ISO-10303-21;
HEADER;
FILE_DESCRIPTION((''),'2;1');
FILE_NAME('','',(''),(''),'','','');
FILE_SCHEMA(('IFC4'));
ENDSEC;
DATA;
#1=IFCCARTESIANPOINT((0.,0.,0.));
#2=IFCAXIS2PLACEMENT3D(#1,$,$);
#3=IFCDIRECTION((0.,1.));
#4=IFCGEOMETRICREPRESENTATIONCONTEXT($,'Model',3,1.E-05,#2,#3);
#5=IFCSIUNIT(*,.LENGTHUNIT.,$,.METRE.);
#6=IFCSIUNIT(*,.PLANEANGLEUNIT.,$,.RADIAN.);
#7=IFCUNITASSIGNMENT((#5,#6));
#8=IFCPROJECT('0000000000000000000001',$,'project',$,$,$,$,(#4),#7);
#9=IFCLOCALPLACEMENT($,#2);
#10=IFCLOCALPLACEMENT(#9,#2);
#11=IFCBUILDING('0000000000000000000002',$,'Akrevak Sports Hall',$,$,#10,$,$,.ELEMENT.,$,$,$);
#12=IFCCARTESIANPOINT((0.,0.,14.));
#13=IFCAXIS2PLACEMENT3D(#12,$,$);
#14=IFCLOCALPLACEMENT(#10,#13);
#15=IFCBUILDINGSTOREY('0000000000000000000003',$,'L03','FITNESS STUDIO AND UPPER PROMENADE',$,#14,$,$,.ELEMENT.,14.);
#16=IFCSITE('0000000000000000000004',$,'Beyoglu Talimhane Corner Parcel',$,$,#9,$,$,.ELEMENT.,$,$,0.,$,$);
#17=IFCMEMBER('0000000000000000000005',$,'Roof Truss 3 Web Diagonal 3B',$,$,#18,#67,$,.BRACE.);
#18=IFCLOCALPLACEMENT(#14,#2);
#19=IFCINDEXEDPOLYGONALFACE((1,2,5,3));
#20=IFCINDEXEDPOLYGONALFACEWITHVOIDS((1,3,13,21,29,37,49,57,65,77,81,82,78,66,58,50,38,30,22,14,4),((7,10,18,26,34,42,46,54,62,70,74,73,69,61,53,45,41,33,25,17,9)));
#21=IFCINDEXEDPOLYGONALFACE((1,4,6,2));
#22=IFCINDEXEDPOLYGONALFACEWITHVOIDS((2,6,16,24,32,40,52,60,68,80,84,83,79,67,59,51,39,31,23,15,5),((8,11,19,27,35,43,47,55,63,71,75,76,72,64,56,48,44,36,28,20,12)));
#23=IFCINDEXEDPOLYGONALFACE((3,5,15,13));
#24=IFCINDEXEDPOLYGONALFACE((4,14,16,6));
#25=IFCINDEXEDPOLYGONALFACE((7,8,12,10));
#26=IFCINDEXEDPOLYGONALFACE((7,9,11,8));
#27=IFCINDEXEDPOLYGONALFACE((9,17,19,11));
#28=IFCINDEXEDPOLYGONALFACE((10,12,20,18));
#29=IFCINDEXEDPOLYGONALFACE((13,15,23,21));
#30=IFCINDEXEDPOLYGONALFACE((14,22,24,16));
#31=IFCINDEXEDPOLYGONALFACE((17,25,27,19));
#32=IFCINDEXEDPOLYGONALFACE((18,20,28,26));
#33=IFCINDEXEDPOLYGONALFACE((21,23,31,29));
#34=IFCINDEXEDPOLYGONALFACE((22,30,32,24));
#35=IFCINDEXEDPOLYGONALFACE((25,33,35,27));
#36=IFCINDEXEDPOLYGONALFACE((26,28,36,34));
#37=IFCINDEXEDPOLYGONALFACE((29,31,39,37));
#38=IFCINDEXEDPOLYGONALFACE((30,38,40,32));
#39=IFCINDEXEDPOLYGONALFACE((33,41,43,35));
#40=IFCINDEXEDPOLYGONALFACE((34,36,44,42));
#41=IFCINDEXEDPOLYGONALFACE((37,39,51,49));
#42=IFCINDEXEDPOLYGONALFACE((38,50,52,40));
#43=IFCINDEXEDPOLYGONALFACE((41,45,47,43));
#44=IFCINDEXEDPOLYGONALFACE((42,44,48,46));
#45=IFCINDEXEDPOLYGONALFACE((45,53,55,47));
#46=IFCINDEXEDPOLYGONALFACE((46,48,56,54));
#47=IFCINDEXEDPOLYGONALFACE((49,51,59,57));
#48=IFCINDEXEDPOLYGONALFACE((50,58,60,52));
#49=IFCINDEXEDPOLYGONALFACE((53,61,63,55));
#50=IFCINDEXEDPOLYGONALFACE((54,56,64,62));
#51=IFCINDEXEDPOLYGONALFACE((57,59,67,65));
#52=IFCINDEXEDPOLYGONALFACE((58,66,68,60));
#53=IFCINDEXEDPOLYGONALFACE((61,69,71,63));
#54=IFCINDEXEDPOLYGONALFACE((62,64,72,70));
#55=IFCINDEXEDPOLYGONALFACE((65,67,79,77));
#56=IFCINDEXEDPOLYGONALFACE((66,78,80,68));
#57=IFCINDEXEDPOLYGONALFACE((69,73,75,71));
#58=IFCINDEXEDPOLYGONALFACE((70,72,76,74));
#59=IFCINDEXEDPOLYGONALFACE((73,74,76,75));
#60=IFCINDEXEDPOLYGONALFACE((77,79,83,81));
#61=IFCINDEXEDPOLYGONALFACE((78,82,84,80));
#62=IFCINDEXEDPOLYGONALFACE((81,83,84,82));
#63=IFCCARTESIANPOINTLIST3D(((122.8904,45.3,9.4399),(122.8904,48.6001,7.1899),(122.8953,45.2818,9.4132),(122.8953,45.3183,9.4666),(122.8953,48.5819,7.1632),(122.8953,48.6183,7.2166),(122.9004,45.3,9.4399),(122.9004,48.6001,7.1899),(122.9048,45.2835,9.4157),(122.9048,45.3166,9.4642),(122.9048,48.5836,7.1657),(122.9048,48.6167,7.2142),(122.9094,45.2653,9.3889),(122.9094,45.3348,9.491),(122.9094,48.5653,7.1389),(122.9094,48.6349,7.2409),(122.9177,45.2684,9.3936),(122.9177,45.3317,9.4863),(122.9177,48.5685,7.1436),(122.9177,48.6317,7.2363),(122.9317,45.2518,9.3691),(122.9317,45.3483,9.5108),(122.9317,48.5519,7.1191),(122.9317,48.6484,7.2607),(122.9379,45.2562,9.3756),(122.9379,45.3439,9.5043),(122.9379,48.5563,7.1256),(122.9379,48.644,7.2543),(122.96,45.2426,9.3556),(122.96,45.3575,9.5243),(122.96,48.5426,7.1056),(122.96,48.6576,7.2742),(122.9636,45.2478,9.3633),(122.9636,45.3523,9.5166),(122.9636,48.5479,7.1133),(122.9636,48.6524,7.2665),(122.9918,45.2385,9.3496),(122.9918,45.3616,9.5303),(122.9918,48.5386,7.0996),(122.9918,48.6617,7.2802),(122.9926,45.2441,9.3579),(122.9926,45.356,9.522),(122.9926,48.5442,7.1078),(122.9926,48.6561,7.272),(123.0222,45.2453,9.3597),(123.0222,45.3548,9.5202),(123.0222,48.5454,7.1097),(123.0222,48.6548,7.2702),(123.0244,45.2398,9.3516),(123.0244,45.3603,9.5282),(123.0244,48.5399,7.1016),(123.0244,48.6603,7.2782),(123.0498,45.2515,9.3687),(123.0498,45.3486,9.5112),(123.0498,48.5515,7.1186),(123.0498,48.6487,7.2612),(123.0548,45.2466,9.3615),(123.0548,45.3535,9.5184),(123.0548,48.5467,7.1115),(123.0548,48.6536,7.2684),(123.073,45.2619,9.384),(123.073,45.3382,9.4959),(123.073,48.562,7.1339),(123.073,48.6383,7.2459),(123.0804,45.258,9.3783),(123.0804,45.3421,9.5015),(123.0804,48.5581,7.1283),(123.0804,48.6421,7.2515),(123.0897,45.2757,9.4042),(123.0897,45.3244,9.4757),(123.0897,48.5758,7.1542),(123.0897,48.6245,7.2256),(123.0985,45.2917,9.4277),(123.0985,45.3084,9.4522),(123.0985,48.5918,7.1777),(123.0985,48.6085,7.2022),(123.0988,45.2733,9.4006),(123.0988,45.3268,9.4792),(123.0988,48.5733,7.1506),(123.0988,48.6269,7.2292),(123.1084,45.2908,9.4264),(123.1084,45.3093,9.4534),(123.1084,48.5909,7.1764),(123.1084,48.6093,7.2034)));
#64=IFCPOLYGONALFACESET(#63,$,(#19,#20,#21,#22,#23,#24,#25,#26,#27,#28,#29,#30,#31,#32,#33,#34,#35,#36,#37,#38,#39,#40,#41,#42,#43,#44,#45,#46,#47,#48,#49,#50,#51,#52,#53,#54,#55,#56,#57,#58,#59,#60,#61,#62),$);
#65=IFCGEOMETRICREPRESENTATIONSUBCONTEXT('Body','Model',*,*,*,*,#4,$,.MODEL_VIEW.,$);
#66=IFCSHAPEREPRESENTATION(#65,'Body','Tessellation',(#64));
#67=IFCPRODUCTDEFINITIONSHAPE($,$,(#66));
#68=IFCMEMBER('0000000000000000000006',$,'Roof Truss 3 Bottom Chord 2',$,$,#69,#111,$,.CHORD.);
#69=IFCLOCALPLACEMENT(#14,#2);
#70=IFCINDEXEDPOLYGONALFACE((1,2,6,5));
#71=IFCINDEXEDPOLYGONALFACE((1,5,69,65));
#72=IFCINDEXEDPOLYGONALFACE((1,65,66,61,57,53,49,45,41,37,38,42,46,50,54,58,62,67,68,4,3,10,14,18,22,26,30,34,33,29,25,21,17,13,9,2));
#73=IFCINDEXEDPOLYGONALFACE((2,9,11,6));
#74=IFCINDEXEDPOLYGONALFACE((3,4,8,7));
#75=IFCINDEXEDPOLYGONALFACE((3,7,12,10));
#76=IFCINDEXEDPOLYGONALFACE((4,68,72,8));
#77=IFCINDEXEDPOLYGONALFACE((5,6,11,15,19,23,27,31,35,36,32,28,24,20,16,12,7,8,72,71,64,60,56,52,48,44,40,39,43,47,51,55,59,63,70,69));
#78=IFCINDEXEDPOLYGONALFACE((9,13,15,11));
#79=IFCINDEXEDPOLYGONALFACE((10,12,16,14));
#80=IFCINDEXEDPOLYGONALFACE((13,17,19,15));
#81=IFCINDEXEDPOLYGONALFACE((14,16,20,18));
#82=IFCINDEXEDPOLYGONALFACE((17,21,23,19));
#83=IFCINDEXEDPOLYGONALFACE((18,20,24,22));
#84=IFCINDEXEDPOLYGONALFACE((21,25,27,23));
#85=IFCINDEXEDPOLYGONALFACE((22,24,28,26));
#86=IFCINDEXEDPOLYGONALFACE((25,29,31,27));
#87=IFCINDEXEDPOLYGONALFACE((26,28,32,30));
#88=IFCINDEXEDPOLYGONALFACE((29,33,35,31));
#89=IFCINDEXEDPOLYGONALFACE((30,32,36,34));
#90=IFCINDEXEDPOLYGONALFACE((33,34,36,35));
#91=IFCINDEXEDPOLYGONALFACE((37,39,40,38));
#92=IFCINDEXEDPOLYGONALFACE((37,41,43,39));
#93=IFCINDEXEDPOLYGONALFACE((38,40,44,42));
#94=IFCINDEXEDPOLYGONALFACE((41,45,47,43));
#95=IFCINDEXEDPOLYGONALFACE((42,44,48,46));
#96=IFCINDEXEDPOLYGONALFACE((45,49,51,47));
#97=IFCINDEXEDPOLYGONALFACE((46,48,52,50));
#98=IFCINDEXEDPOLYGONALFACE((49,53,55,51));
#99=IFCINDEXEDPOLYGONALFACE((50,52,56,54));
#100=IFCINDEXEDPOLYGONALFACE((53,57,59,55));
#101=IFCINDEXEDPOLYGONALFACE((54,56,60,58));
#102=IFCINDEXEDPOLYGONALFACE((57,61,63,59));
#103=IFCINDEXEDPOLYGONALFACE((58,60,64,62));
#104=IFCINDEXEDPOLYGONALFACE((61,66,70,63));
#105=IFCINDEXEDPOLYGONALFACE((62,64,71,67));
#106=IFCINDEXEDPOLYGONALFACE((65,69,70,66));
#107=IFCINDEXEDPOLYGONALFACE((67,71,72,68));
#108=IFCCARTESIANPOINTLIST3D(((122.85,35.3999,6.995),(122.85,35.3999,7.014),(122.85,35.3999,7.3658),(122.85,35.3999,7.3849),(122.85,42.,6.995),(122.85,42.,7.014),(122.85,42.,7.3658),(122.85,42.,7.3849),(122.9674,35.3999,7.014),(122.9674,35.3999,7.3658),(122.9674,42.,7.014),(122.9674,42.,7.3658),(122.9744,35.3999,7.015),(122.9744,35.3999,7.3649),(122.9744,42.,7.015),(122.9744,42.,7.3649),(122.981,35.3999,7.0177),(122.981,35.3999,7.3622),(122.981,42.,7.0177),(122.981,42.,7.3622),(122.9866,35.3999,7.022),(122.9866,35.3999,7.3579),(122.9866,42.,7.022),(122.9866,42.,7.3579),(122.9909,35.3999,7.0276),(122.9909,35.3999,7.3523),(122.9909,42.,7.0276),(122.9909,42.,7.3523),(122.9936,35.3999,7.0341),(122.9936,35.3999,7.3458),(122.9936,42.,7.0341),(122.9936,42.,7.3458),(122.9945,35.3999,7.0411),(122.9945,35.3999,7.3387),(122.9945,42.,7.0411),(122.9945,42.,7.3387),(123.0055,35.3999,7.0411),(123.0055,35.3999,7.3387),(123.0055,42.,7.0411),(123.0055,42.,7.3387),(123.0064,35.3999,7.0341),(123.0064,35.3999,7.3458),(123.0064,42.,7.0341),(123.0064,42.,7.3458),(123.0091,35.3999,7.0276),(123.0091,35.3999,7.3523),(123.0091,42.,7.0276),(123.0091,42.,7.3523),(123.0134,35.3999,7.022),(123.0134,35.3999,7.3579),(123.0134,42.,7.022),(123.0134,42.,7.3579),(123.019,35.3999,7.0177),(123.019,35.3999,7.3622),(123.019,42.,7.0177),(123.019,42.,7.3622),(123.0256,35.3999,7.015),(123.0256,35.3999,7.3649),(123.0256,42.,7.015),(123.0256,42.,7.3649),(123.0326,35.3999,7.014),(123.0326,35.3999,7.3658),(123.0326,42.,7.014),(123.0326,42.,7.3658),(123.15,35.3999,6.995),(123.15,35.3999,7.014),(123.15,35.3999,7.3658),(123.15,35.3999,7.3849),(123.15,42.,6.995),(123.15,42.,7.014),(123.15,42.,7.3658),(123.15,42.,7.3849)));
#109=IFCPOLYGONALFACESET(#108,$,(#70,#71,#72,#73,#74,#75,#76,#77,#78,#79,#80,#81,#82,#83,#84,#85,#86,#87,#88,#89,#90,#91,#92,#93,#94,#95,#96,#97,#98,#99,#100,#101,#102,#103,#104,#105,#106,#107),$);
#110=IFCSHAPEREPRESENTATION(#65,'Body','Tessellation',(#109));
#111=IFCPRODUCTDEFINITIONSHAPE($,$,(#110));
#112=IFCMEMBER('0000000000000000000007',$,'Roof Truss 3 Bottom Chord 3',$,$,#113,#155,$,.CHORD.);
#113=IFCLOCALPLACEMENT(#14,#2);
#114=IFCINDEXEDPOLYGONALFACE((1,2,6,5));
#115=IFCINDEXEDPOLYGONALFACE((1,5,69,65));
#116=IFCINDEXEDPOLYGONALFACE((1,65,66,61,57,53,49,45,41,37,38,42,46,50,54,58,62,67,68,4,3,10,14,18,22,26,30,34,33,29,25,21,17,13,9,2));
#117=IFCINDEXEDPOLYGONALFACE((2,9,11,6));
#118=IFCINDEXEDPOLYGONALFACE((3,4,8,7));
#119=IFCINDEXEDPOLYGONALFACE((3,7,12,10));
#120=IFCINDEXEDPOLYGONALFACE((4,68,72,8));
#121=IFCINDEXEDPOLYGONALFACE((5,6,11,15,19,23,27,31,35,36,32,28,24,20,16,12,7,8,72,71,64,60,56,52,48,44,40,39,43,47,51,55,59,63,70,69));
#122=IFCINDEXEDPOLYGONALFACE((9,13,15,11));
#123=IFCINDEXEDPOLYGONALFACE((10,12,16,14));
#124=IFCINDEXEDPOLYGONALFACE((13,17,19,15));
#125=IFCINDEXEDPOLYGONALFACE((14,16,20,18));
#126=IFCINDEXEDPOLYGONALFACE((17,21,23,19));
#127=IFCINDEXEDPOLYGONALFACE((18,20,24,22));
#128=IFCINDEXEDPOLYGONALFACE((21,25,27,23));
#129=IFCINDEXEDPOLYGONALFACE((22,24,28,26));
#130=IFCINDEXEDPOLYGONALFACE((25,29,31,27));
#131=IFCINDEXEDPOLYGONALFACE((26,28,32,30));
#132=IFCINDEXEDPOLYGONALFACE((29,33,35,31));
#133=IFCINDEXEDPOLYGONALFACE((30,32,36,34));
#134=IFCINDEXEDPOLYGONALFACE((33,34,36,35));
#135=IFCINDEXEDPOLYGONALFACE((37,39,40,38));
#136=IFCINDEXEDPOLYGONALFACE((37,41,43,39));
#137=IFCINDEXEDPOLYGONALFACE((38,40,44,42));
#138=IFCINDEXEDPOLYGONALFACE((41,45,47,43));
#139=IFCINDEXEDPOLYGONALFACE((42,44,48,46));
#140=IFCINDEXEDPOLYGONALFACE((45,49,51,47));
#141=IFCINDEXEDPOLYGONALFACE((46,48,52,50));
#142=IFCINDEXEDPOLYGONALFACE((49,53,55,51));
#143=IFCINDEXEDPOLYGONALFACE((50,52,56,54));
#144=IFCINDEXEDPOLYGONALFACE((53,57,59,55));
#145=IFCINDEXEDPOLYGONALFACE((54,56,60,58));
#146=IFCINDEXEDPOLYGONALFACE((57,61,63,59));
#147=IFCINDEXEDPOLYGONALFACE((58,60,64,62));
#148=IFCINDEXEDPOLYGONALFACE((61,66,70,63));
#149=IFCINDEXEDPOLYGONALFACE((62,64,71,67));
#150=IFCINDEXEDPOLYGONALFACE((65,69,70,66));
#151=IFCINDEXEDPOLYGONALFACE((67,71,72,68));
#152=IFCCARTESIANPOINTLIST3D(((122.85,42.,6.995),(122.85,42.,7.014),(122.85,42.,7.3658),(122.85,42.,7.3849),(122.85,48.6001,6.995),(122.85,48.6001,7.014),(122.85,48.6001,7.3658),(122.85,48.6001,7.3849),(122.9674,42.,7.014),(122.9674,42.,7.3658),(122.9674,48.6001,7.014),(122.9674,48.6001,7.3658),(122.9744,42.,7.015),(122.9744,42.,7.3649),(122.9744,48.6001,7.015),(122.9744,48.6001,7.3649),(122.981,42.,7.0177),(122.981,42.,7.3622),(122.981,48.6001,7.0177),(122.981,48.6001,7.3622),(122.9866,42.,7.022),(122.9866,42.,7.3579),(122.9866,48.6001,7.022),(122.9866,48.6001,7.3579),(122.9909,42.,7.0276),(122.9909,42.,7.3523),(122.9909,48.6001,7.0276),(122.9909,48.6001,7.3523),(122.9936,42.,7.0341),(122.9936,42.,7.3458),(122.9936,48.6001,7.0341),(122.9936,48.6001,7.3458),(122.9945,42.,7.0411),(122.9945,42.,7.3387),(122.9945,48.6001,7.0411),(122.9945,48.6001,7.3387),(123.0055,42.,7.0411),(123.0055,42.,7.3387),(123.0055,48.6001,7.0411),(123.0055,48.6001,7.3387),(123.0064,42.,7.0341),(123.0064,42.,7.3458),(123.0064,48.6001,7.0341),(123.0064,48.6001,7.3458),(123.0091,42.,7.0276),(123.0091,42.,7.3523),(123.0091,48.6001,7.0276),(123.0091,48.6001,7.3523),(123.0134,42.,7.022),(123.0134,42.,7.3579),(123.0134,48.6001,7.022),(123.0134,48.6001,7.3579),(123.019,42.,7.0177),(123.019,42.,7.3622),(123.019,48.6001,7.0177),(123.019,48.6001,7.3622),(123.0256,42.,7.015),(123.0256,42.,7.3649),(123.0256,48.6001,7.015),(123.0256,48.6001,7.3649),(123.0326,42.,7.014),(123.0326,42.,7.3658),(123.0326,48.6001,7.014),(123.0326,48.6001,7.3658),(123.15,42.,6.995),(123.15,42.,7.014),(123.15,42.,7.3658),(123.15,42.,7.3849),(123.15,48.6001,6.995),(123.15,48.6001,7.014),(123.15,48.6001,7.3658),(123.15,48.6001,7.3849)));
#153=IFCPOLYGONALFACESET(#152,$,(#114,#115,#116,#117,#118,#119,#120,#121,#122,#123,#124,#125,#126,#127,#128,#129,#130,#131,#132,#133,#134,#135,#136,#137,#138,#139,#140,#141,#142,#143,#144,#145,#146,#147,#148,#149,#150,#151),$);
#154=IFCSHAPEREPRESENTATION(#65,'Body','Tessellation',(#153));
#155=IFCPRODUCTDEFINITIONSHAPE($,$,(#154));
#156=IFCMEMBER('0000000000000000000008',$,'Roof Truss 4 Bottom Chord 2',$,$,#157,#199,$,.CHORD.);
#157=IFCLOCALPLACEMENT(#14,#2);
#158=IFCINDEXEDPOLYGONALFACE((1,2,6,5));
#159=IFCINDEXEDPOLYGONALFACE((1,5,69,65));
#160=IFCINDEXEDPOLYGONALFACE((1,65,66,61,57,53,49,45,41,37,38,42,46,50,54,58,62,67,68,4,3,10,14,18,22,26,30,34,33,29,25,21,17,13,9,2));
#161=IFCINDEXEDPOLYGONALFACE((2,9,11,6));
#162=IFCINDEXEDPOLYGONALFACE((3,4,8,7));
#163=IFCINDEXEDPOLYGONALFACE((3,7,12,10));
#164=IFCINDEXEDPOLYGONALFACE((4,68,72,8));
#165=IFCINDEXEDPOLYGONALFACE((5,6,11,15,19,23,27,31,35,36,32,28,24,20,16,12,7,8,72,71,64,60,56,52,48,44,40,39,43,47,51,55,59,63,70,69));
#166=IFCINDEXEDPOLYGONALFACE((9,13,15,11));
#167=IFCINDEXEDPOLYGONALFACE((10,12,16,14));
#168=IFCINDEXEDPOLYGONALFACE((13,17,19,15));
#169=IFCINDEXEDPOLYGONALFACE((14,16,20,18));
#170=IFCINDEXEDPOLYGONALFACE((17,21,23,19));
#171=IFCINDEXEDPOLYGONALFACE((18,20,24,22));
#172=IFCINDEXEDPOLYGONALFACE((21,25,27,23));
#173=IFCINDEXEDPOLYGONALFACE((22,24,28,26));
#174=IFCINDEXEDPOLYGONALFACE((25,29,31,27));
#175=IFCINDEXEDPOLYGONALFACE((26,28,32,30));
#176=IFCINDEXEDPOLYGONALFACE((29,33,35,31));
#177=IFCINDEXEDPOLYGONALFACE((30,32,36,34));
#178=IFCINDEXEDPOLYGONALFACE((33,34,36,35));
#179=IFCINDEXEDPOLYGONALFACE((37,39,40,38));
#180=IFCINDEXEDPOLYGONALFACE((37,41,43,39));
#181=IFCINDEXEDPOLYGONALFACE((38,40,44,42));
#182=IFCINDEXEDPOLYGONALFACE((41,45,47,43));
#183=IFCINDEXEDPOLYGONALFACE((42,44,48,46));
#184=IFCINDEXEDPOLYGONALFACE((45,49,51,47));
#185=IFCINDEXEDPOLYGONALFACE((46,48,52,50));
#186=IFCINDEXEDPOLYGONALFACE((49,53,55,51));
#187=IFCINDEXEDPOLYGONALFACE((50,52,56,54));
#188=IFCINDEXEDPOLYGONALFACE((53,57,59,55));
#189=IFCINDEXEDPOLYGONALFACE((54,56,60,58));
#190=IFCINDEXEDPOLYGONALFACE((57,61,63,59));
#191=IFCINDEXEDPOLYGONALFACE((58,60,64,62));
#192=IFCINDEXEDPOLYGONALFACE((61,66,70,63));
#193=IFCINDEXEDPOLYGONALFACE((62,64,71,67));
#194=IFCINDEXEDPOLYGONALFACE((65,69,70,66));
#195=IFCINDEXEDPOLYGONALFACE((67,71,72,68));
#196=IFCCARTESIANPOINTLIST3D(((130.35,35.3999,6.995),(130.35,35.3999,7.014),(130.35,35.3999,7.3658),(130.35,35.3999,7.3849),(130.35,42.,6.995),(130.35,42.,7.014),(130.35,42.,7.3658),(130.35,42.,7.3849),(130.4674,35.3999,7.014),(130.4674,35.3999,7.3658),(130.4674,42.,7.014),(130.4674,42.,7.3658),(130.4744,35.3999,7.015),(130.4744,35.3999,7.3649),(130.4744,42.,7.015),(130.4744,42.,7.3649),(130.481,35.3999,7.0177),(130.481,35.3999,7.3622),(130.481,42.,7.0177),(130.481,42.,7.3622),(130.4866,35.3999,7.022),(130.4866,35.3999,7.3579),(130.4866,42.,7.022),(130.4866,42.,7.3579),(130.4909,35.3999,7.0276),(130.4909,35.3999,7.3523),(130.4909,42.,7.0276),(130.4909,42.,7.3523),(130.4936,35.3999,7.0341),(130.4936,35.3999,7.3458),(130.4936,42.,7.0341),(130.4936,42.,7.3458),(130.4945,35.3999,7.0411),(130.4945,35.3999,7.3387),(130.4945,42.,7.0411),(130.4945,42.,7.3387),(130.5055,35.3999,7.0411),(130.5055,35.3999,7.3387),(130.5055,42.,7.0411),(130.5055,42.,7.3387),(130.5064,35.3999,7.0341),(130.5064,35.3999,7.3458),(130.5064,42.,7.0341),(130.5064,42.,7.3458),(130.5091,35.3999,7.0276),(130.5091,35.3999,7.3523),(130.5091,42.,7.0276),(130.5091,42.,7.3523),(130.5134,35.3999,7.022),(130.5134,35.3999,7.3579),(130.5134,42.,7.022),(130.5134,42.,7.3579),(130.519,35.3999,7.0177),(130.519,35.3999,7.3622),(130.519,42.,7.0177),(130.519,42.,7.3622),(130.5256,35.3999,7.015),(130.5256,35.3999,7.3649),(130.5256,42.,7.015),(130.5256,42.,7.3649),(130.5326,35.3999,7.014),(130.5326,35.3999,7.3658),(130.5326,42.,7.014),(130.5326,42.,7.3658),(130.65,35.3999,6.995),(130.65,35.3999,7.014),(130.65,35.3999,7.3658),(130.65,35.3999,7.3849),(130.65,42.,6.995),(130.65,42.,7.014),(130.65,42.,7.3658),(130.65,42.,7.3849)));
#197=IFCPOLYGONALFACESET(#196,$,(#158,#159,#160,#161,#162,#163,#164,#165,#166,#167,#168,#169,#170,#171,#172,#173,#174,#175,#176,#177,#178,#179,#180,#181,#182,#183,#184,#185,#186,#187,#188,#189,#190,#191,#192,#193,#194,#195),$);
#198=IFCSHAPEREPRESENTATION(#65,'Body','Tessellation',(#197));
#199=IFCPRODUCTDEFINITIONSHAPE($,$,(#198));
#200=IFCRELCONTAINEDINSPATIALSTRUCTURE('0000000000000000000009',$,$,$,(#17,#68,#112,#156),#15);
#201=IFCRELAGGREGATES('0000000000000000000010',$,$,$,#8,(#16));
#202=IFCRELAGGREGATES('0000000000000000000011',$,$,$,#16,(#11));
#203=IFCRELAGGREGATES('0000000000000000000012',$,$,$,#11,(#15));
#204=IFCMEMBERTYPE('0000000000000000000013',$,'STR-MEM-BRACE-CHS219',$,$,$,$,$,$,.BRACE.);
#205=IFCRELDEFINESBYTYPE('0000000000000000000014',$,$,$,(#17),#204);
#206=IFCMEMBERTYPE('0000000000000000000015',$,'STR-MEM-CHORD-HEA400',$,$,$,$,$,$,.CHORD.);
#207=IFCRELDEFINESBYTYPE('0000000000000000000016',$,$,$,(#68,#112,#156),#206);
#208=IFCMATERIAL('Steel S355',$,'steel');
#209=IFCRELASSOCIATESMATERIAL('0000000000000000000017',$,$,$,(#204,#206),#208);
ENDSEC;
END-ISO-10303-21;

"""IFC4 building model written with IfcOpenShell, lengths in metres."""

from ifc_helpers import new_model, si_unit, direction, frame, origin, origin_2d, place, context, subcontext, project, spatial, hollow_circle, i_section, extrude, material, material_profile, profile_set, type_object, element, save


model = new_model("IFC4")

# Units and contexts
model_context = context("Model", 3, precision=1e-05, world=origin(), true_north=direction((0.0, 1.0)))
body_context = subcontext(model_context, "Body", "Model", "MODEL_VIEW")
ifc_project = project(units=[si_unit("LENGTHUNIT", "METRE"), si_unit("PLANEANGLEUNIT", "RADIAN")], contexts=[model_context])

# Site, building, storey
site_placement = place(None, origin())
site = spatial("IfcSite", under=ifc_project, at=site_placement, Name="Beyoglu Talimhane Corner Parcel", CompositionType="ELEMENT", RefElevation=0.0)
building_placement = place(site_placement, origin())
building = spatial("IfcBuilding", under=site, at=building_placement, Name="Akrevak Sports Hall", CompositionType="ELEMENT")
storey_placement = place(building_placement, frame((0.0, 0.0, 14.0)))
storey = spatial("IfcBuildingStorey", under=building, at=storey_placement, Name="L03", Description="FITNESS STUDIO AND UPPER PROMENADE", CompositionType="ELEMENT", Elevation=14.0)

# Shared definitions
ifc_material_1 = material(Name="Steel S355", Category="steel")

# Members
ifc_material_profile_1 = material_profile(ifc_material_1, hollow_circle(Radius=0.1096, WallThickness=0.01, at=origin_2d()), Name="CHS 219.1x10", Category="steel")
ifc_profile_set_1 = profile_set([ifc_material_profile_1], Name="Steel S355")
member_type_1 = type_object("IfcMemberType", Name="STR-MEM-BRACE-CHS219", PredefinedType="BRACE", material=ifc_profile_set_1)
for number, where, z_axis, x_axis, name in (
    (1, (123.0, 45.3, 9.4399), (0.0, 0.826231, -0.563331), (-1.0, 0.0, 0.0), "Roof Truss 3 Web Diagonal 3B"),
):
    element("IfcMember", number, at=place(storey_placement, frame(where, z_axis=z_axis, x_axis=x_axis)), inside=storey, type_object=member_type_1, Name=name, PredefinedType="BRACE", context=body_context, shape_type="SweptSolid", body=[
        extrude(hollow_circle(Radius=0.1096, WallThickness=0.01, at=origin_2d()), origin(), (0.0, 0.0, 1.0), 3.9941),
    ])
ifc_material_profile_2 = material_profile(ifc_material_1, i_section(OverallWidth=0.3, OverallDepth=0.3899, WebThickness=0.011, FlangeThickness=0.019, FilletRadius=0.0271, at=origin_2d()), Name="HEA 400", Category="steel")
ifc_profile_set_2 = profile_set([ifc_material_profile_2], Name="Steel S355")
member_type_2 = type_object("IfcMemberType", Name="STR-MEM-CHORD-HEA400", PredefinedType="CHORD", material=ifc_profile_set_2)
for number, where, z_axis, x_axis, name in (
    (2, (123.0, 35.3999, 7.1899), (0.0, 1.0, 0.0), (-1.0, 0.0, 0.0), "Roof Truss 3 Bottom Chord 2"),
    (3, (123.0, 42.0, 7.1899), (0.0, 1.0, 0.0), (-1.0, 0.0, 0.0), "Roof Truss 3 Bottom Chord 3"),
    (4, (130.5, 35.3999, 7.1899), (0.0, 1.0, 0.0), (-1.0, 0.0, 0.0), "Roof Truss 4 Bottom Chord 2"),
):
    element("IfcMember", number, at=place(storey_placement, frame(where, z_axis=z_axis, x_axis=x_axis)), inside=storey, type_object=member_type_2, Name=name, PredefinedType="CHORD", context=body_context, shape_type="SweptSolid", body=[
        extrude(i_section(OverallWidth=0.3, OverallDepth=0.3899, WebThickness=0.011, FlangeThickness=0.019, FilletRadius=0.0271, at=origin_2d()), origin(), (0.0, 0.0, 1.0), 6.6001),
    ])

save(model, "model.ifc")
